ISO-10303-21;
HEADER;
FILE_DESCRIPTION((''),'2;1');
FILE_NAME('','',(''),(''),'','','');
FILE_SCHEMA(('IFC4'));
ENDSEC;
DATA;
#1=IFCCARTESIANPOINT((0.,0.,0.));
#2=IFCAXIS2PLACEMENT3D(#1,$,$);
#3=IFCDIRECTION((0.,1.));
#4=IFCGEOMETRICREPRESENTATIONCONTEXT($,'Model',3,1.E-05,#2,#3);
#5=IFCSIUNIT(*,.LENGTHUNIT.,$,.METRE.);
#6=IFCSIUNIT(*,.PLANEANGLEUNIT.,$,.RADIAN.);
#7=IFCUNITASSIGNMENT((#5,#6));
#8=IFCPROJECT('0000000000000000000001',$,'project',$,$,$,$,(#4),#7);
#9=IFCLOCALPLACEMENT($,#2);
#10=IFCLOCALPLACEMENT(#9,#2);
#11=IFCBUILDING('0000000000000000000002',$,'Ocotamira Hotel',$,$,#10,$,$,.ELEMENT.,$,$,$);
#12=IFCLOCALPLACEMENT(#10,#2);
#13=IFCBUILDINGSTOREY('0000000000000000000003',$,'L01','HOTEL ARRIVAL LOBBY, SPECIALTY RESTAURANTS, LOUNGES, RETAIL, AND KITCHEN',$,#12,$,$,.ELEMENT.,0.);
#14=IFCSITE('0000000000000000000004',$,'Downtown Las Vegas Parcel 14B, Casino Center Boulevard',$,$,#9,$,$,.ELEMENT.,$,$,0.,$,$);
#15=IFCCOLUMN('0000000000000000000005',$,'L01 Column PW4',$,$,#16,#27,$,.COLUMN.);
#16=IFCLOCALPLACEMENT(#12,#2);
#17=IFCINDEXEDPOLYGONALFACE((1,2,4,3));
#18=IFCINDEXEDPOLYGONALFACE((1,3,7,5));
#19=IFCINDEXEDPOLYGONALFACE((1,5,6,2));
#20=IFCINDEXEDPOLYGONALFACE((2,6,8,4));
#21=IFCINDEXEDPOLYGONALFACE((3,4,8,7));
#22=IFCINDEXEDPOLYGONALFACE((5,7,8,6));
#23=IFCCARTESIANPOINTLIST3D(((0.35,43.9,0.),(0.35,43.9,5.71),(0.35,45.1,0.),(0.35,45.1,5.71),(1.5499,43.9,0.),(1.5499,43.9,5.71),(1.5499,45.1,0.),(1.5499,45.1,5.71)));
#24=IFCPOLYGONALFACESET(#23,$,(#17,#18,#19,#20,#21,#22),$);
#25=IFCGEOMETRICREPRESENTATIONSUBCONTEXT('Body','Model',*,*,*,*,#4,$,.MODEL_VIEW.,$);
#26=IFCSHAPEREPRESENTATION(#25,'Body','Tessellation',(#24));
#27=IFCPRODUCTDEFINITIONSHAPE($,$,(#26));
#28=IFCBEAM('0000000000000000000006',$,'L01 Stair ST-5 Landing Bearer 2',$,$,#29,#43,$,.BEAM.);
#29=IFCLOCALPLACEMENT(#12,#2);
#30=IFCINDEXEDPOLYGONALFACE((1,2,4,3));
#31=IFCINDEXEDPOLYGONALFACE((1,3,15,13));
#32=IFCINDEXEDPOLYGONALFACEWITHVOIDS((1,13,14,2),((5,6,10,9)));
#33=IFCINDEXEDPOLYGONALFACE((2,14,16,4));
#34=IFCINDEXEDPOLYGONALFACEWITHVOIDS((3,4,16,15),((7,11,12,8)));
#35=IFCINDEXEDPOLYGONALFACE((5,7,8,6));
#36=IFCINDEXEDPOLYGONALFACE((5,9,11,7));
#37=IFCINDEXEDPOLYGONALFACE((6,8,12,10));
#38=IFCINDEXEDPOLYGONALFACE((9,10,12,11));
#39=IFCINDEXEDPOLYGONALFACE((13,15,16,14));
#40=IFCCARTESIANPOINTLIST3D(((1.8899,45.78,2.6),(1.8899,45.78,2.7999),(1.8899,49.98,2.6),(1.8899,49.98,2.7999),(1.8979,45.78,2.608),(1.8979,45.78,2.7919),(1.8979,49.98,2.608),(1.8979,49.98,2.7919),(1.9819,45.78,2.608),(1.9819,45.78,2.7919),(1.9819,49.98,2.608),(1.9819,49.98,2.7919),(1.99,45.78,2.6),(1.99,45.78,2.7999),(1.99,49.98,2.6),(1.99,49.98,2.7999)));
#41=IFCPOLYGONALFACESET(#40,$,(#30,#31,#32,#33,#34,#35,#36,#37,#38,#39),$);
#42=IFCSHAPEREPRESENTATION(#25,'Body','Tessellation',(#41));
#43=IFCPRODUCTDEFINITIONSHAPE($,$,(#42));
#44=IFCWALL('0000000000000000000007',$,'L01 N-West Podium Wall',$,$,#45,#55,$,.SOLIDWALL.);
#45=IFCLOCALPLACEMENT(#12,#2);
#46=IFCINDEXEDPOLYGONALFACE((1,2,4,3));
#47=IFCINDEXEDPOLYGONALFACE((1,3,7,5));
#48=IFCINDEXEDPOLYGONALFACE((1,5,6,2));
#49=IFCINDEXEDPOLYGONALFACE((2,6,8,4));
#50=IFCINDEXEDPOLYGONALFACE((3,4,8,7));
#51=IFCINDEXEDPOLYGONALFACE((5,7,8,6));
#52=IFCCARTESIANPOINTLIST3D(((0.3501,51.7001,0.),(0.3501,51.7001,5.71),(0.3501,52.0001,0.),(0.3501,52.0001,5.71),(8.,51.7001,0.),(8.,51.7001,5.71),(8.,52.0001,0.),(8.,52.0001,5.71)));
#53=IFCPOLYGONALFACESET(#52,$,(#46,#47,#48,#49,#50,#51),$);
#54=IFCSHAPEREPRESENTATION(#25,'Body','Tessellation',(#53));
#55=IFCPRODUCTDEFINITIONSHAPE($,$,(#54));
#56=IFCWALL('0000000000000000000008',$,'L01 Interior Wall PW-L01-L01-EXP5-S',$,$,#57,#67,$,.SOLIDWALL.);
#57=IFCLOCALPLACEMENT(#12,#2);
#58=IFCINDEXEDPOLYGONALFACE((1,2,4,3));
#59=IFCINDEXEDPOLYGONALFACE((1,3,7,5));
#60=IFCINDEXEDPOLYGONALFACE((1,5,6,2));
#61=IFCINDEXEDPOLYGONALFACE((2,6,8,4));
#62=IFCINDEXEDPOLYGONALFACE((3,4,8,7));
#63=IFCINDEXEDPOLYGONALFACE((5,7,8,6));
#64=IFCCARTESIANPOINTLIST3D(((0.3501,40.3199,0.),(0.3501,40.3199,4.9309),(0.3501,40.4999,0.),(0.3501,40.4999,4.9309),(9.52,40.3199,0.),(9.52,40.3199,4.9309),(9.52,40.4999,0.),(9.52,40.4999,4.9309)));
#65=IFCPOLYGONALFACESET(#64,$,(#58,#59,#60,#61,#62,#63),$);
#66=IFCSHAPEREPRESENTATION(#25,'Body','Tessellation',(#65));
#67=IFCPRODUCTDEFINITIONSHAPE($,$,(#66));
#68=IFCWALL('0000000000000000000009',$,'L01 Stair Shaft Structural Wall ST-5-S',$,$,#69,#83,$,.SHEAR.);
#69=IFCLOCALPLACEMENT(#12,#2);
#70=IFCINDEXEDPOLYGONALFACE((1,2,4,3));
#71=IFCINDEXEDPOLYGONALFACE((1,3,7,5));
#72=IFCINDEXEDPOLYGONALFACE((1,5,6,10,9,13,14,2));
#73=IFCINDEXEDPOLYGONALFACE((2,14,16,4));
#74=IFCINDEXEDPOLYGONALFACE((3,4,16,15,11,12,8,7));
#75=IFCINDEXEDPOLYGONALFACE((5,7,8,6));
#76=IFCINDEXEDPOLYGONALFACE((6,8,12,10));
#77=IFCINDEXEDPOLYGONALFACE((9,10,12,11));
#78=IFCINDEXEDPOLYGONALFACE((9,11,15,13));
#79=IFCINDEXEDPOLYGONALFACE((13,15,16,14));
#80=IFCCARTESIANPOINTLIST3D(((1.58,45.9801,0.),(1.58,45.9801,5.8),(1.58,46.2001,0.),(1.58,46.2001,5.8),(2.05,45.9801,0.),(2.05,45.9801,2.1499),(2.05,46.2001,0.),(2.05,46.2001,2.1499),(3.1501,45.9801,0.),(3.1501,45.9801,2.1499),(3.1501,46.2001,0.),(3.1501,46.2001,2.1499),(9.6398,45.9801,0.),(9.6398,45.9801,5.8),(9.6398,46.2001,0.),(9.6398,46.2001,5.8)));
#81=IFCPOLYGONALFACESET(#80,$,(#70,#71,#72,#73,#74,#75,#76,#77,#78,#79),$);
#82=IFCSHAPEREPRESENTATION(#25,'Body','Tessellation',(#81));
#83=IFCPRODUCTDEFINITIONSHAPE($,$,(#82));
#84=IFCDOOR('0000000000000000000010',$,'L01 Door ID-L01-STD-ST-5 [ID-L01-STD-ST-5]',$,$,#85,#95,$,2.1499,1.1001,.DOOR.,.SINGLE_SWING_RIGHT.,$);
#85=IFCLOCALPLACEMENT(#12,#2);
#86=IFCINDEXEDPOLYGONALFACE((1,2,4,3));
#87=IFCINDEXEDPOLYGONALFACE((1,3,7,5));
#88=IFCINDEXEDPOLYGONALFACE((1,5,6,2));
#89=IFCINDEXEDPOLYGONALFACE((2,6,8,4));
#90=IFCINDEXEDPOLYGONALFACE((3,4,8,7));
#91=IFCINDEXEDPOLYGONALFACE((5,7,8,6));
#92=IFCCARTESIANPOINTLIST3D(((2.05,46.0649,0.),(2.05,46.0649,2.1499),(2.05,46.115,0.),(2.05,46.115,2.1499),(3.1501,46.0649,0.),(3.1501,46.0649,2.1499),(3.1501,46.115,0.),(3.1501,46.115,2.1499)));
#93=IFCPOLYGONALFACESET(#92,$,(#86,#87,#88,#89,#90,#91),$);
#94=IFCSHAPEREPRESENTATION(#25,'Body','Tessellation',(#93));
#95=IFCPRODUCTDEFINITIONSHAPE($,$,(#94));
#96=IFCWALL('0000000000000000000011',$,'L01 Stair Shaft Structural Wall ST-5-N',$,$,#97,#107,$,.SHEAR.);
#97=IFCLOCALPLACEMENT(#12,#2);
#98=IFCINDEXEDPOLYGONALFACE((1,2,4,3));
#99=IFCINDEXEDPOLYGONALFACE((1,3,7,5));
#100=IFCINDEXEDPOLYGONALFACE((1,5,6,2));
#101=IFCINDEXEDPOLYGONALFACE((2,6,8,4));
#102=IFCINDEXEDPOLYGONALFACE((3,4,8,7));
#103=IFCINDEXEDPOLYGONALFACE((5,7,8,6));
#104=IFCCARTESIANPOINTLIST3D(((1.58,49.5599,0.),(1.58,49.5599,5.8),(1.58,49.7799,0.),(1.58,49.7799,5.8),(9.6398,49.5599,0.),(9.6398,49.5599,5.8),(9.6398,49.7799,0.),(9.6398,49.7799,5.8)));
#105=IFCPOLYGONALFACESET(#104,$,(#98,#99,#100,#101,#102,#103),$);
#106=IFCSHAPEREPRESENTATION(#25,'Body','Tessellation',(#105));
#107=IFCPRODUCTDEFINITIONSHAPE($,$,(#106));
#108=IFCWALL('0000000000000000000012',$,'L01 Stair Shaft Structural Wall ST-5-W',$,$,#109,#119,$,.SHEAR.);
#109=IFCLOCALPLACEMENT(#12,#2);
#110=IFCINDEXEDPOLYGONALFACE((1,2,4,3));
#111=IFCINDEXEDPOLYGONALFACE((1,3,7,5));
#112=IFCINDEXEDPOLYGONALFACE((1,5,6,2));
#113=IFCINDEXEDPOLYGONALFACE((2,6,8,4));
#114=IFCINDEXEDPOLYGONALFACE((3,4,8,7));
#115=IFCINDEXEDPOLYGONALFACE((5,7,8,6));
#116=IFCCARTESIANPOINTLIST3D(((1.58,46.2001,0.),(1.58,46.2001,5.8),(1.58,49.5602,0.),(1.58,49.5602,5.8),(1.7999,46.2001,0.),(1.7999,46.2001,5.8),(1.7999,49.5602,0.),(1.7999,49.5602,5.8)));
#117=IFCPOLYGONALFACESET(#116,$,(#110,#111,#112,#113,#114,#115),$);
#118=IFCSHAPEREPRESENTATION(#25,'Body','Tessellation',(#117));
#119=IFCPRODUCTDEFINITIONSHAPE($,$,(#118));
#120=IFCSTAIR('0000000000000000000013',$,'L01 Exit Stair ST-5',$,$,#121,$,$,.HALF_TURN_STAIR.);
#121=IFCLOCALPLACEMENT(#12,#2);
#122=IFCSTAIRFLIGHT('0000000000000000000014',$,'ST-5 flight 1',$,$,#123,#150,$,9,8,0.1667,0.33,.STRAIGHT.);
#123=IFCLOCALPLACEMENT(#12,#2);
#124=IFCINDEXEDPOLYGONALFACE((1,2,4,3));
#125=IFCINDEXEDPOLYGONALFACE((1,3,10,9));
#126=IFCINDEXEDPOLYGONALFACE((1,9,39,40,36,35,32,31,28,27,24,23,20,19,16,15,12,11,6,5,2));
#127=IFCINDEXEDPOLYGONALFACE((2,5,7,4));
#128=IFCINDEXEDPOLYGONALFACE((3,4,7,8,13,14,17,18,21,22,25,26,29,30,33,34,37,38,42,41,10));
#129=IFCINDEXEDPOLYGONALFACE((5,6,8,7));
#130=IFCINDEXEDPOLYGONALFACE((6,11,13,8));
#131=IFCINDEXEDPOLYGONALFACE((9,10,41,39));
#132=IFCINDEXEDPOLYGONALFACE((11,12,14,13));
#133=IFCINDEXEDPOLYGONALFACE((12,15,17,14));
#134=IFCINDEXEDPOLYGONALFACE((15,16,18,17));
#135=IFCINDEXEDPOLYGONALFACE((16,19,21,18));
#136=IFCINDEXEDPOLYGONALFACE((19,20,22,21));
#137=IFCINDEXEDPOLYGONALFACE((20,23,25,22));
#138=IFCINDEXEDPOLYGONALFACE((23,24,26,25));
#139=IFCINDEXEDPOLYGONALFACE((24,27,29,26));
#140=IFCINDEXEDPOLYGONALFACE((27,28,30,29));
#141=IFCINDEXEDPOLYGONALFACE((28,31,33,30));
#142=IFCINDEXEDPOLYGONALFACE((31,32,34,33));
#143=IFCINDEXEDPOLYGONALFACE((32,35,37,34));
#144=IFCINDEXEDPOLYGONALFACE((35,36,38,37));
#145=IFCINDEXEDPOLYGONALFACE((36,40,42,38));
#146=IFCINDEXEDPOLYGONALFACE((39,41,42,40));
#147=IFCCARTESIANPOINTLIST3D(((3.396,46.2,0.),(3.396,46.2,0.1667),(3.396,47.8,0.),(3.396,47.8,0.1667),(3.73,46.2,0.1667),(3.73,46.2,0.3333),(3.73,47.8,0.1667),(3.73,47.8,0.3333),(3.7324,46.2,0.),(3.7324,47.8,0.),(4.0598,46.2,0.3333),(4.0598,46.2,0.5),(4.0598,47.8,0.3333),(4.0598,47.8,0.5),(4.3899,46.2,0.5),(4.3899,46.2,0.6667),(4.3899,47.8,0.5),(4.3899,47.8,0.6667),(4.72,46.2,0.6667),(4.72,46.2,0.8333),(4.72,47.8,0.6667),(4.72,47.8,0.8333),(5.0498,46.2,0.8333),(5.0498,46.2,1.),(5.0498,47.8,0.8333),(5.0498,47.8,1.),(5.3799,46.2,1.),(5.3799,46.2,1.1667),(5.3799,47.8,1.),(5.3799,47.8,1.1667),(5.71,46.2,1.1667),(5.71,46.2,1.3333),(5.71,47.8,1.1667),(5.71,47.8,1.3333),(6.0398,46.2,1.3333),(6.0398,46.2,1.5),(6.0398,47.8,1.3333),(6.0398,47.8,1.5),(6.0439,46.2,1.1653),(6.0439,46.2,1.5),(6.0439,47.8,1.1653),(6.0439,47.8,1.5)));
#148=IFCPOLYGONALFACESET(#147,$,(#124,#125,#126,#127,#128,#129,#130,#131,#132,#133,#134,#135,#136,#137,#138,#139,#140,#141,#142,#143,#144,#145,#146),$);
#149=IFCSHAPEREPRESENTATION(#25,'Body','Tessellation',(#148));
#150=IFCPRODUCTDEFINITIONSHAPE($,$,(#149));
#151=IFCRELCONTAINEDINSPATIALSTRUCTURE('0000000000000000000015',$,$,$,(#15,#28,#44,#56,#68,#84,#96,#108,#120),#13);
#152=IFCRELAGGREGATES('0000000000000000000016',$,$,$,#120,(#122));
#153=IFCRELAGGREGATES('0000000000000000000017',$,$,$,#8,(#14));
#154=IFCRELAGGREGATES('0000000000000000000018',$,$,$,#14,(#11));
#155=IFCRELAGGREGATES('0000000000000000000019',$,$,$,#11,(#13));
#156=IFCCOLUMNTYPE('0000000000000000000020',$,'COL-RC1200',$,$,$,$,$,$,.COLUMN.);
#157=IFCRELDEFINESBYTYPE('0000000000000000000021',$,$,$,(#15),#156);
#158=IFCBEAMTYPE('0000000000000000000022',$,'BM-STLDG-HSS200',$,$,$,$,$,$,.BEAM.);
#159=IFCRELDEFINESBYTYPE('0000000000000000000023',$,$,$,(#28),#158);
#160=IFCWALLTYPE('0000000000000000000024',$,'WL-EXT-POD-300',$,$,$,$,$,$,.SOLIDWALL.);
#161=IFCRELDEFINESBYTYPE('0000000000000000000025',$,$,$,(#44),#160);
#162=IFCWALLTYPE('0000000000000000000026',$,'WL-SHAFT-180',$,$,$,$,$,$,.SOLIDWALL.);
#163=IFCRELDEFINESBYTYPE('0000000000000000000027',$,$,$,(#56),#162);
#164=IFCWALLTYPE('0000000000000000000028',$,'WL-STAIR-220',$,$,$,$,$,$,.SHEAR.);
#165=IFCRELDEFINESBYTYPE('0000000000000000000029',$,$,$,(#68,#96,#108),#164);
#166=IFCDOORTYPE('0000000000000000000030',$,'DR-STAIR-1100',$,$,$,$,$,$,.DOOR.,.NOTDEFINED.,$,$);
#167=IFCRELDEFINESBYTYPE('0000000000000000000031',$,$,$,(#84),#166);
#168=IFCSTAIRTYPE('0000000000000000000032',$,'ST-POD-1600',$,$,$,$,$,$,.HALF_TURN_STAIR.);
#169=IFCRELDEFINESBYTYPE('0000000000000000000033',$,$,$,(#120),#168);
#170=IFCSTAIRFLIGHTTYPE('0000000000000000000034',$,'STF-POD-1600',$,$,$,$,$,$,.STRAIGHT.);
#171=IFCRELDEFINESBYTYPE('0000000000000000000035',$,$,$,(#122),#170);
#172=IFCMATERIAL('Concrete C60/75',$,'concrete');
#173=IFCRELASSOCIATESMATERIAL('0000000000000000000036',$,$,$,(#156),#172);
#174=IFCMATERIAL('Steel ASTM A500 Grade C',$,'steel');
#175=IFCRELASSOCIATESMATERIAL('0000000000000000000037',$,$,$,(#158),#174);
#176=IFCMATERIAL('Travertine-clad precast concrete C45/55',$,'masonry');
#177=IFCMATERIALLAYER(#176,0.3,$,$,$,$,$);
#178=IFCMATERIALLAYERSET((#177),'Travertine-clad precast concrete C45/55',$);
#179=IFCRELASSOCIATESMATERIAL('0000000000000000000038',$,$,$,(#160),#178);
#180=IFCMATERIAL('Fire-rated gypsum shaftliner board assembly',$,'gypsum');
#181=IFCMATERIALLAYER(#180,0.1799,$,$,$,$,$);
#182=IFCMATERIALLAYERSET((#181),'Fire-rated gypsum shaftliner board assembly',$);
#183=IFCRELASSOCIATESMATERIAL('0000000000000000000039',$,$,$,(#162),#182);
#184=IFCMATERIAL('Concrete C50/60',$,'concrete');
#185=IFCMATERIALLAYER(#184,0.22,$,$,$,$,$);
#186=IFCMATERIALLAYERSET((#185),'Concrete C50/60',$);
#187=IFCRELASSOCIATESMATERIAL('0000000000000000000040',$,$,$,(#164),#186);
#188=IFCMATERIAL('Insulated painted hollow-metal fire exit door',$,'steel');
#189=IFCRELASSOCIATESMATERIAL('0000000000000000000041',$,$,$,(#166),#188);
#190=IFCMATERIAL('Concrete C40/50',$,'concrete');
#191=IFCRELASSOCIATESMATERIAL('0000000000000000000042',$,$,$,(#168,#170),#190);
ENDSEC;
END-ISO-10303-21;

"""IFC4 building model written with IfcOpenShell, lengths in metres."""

from ifc_helpers import new_model, si_unit, direction, frame, frame_2d, origin, origin_2d, place, context, subcontext, project, spatial, polyline, rectangle, hollow_rectangle, outline, extrude, source, transform, mapped, material, layer, layer_set, material_profile, profile_set, type_object, element, fill, aggregate, save


model = new_model("IFC4")

# Units and contexts
model_context = context("Model", 3, precision=1e-05, world=origin(), true_north=direction((0.0, 1.0)))
body_context = subcontext(model_context, "Body", "Model", "MODEL_VIEW")
ifc_project = project(units=[si_unit("LENGTHUNIT", "METRE"), si_unit("PLANEANGLEUNIT", "RADIAN")], contexts=[model_context])

# Site, building, storey
site_placement = place(None, origin())
site = spatial("IfcSite", under=ifc_project, at=site_placement, Name="Downtown Las Vegas Parcel 14B, Casino Center Boulevard", CompositionType="ELEMENT", RefElevation=0.0)
building_placement = place(site_placement, origin())
building = spatial("IfcBuilding", under=site, at=building_placement, Name="Ocotamira Hotel", CompositionType="ELEMENT")
storey_placement = place(building_placement, origin())
storey = spatial("IfcBuildingStorey", under=building, at=storey_placement, Name="L01", Description="HOTEL ARRIVAL LOBBY, SPECIALTY RESTAURANTS, LOUNGES, RETAIL, AND KITCHEN", CompositionType="ELEMENT", Elevation=0.0)

# Column
ifc_material_1 = material(Name="Concrete C60/75", Category="concrete")
ifc_material_profile_1 = material_profile(ifc_material_1, rectangle(XDim=1.2, YDim=1.2, at=origin_2d()), Name="RC1200X1200")
ifc_profile_set_1 = profile_set([ifc_material_profile_1], Name="Concrete C60/75")
column_type = type_object("IfcColumnType", Name="COL-RC1200", PredefinedType="COLUMN", material=ifc_profile_set_1)
shared_shape_1 = source(origin(), body_context, "Body", "SweptSolid", [
    extrude(rectangle(XDim=1.2, YDim=1.2, at=origin_2d()), origin(), (0.0, 0.0, 1.0), 5.71),
])
column_placement = place(storey_placement, frame((0.95, 44.5, 0.0), z_axis=(0.0, 0.0, 1.0), x_axis=(1.0, 0.0, 0.0)))
element("IfcColumn", 1, at=column_placement, inside=storey, type_object=column_type, Name="L01 Column PW4", PredefinedType="COLUMN", context=body_context, shape_type="MappedRepresentation", body=[
    mapped(shared_shape_1, transform((0.0, 0.0, 0.0), scale=1.0)),
])

# Beam
ifc_material_2 = material(Name="Steel ASTM A500 Grade C", Category="steel")
ifc_material_profile_2 = material_profile(ifc_material_2, hollow_rectangle(XDim=0.1001, YDim=0.2, WallThickness=0.0081, at=origin_2d()), Name="HSS200X100X8")
ifc_profile_set_2 = profile_set([ifc_material_profile_2], Name="Steel ASTM A500 Grade C")
beam_type = type_object("IfcBeamType", Name="BM-STLDG-HSS200", PredefinedType="BEAM", material=ifc_profile_set_2)
shared_shape_2 = source(origin(), body_context, "Body", "SweptSolid", [
    extrude(hollow_rectangle(XDim=0.1001, YDim=0.2, WallThickness=0.0081, at=origin_2d()), origin(), (0.0, 0.0, 1.0), 4.2),
])
beam_placement = place(storey_placement, frame((1.9399, 45.78, 2.7), z_axis=(0.0, 1.0, 0.0), x_axis=(-1.0, 0.0, 0.0)))
element("IfcBeam", 2, at=beam_placement, inside=storey, type_object=beam_type, Name="L01 Stair ST-5 Landing Bearer 2", PredefinedType="BEAM", context=body_context, shape_type="MappedRepresentation", body=[
    mapped(shared_shape_2, transform((0.0, 0.0, 0.0), scale=1.0)),
])

# Walls
ifc_material_3 = material(Name="Travertine-clad precast concrete C45/55", Category="masonry")
ifc_layer_1 = layer(ifc_material_3, 0.3)
ifc_layer_set_1 = layer_set([ifc_layer_1], Name="Travertine-clad precast concrete C45/55")
wall_type_1 = type_object("IfcWallType", Name="WL-EXT-POD-300", PredefinedType="SOLIDWALL", material=ifc_layer_set_1)
wall_1_placement = place(storey_placement, frame((0.3501, 51.8501, 0.0), z_axis=(0.0, 0.0, 1.0), x_axis=(1.0, 0.0, 0.0)))
element("IfcWall", 3, at=wall_1_placement, inside=storey, type_object=wall_type_1, Name="L01 N-West Podium Wall", PredefinedType="SOLIDWALL", context=body_context, shape_type="SweptSolid", body=[
    extrude(rectangle(XDim=7.6499, YDim=0.3, at=frame_2d((3.825, 0.0))), origin(), (0.0, 0.0, 1.0), 5.71),
])
ifc_material_4 = material(Name="Fire-rated gypsum shaftliner board assembly", Category="gypsum")
ifc_layer_2 = layer(ifc_material_4, 0.1799)
ifc_layer_set_2 = layer_set([ifc_layer_2], Name="Fire-rated gypsum shaftliner board assembly")
wall_type_2 = type_object("IfcWallType", Name="WL-SHAFT-180", PredefinedType="SOLIDWALL", material=ifc_layer_set_2)
wall_2_placement = place(storey_placement, frame((0.3501, 40.4099, 0.0), z_axis=(0.0, 0.0, 1.0), x_axis=(1.0, 0.0, 0.0)))
element("IfcWall", 4, at=wall_2_placement, inside=storey, type_object=wall_type_2, Name="L01 Interior Wall PW-L01-L01-EXP5-S", PredefinedType="SOLIDWALL", context=body_context, shape_type="SweptSolid", body=[
    extrude(rectangle(XDim=9.1699, YDim=0.1799, at=frame_2d((4.585, 0.0))), origin(), (0.0, 0.0, 1.0), 4.9309),
])

# Wall, opening, door
ifc_material_5 = material(Name="Concrete C50/60", Category="concrete")
ifc_layer_3 = layer(ifc_material_5, 0.22)
ifc_layer_set_3 = layer_set([ifc_layer_3], Name="Concrete C50/60")
wall_type_3 = type_object("IfcWallType", Name="WL-STAIR-220", PredefinedType="SHEAR", material=ifc_layer_set_3)
wall_3_placement = place(storey_placement, frame((1.5801, 46.0901, 0.0), z_axis=(0.0, 0.0, 1.0), x_axis=(1.0, 0.0, 0.0)))
wall_3 = element("IfcWall", 5, at=wall_3_placement, inside=storey, type_object=wall_type_3, Name="L01 Stair Shaft Structural Wall ST-5-S", PredefinedType="SHEAR", context=body_context, shape_type="SweptSolid", body=[
    extrude(rectangle(XDim=8.0598, YDim=0.22, at=frame_2d((4.0298, 0.0))), origin(), (0.0, 0.0, 1.0), 5.8),
])
opening_placement = place(wall_3_placement, frame((0.47, 0.0, 0.0)))
opening = element("IfcOpeningElement", 6, at=opening_placement, cuts=wall_3, PredefinedType="OPENING", context=body_context, shape_type="SweptSolid", body=[
    extrude(rectangle(XDim=1.1001, YDim=2.1499, at=frame_2d((0.55, 1.075))), frame((0.0, 0.1201, 0.0), z_axis=(0.0, -1.0, 0.0), x_axis=(1.0, 0.0, 0.0)), (0.0, 0.0, 1.0), 0.24),
])
ifc_material_6 = material(Name="Insulated painted hollow-metal fire exit door", Category="steel")
door_type = type_object("IfcDoorType", Name="DR-STAIR-1100", OperationType="NOTDEFINED", PredefinedType="DOOR", material=ifc_material_6)
shared_shape_3 = source(origin(), body_context, "Body", "SweptSolid", [
    extrude(rectangle(XDim=1.1001, YDim=2.1499, at=frame_2d((0.55, 1.075))), frame((0.0, 0.0249, 0.0), z_axis=(0.0, -1.0, 0.0), x_axis=(1.0, 0.0, 0.0)), (0.0, 0.0, 1.0), 0.05),
])
door_placement = place(opening_placement, origin())
door = element("IfcDoor", 7, at=door_placement, inside=storey, type_object=door_type, Name="L01 Door ID-L01-STD-ST-5 [ID-L01-STD-ST-5]", OperationType="SINGLE_SWING_RIGHT", OverallHeight=2.1499, OverallWidth=1.1001, PredefinedType="DOOR", context=body_context, shape_type="MappedRepresentation", body=[
    mapped(shared_shape_3, transform((0.0, 0.0, 0.0), scale=1.0)),
])
fill(opening, door)

# Walls
wall_4_placement = place(storey_placement, frame((1.5801, 49.6699, 0.0), z_axis=(0.0, 0.0, 1.0), x_axis=(1.0, 0.0, 0.0)))
element("IfcWall", 8, at=wall_4_placement, inside=storey, type_object=wall_type_3, Name="L01 Stair Shaft Structural Wall ST-5-N", PredefinedType="SHEAR", context=body_context, shape_type="SweptSolid", body=[
    extrude(rectangle(XDim=8.0598, YDim=0.22, at=frame_2d((4.0298, 0.0))), origin(), (0.0, 0.0, 1.0), 5.8),
])
wall_5_placement = place(storey_placement, frame((1.6899, 46.2, 0.0), z_axis=(0.0, 0.0, 1.0), x_axis=(0.0, 1.0, 0.0)))
element("IfcWall", 9, at=wall_5_placement, inside=storey, type_object=wall_type_3, Name="L01 Stair Shaft Structural Wall ST-5-W", PredefinedType="SHEAR", context=body_context, shape_type="SweptSolid", body=[
    extrude(rectangle(XDim=3.3601, YDim=0.22, at=frame_2d((1.6802, 0.0))), origin(), (0.0, 0.0, 1.0), 5.8),
])

# Stair, stair flight
ifc_material_7 = material(Name="Concrete C40/50", Category="concrete")
stair_type = type_object("IfcStairType", Name="ST-POD-1600", PredefinedType="HALF_TURN_STAIR", material=ifc_material_7)
stair_placement = place(storey_placement, origin())
stair = element("IfcStair", 10, at=stair_placement, inside=storey, type_object=stair_type, Name="L01 Exit Stair ST-5", PredefinedType="HALF_TURN_STAIR")
stair_flight_type = type_object("IfcStairFlightType", Name="STF-POD-1600", PredefinedType="STRAIGHT", material=ifc_material_7)
shared_shape_4 = source(origin(), body_context, "Body", "SweptSolid", [
    extrude(outline(polyline([(-0.0039, 0.0), (-0.0039, 0.1667), (0.3301, 0.1667), (0.3301, 0.3333), (0.6599, 0.3333), (0.6599, 0.5), (0.99, 0.5), (0.99, 0.6667), (1.3201, 0.6667), (1.3201, 0.8333), (1.6499, 0.8333), (1.6499, 1.0), (1.98, 1.0), (1.98, 1.1667), (2.3101, 1.1667), (2.3101, 1.3333), (2.6399, 1.3333), (2.6399, 1.5), (2.644, 1.5), (2.644, 1.1653), (0.3325, 0.0), (-0.0039, 0.0)])), frame((0.0, 0.8, 0.0), z_axis=(0.0, -1.0, 0.0), x_axis=(1.0, 0.0, 0.0)), (0.0, 0.0, 1.0), 1.6001),
])
stair_flight_1_placement = place(storey_placement, frame((3.3999, 47.0, 0.0), z_axis=(0.0, 0.0, 1.0), x_axis=(1.0, 0.0, 0.0)))
stair_flight_1 = element("IfcStairFlight", 11, at=stair_flight_1_placement, type_object=stair_flight_type, Name="ST-5 flight 1", NumberOfRisers=9, NumberOfTreads=8, PredefinedType="STRAIGHT", RiserHeight=0.1667, TreadLength=0.33, context=body_context, shape_type="MappedRepresentation", body=[
    mapped(shared_shape_4, transform((0.0, 0.0, 0.0), scale=1.0)),
])
aggregate(stair, [stair_flight_1])

save(model, "model.ifc")
